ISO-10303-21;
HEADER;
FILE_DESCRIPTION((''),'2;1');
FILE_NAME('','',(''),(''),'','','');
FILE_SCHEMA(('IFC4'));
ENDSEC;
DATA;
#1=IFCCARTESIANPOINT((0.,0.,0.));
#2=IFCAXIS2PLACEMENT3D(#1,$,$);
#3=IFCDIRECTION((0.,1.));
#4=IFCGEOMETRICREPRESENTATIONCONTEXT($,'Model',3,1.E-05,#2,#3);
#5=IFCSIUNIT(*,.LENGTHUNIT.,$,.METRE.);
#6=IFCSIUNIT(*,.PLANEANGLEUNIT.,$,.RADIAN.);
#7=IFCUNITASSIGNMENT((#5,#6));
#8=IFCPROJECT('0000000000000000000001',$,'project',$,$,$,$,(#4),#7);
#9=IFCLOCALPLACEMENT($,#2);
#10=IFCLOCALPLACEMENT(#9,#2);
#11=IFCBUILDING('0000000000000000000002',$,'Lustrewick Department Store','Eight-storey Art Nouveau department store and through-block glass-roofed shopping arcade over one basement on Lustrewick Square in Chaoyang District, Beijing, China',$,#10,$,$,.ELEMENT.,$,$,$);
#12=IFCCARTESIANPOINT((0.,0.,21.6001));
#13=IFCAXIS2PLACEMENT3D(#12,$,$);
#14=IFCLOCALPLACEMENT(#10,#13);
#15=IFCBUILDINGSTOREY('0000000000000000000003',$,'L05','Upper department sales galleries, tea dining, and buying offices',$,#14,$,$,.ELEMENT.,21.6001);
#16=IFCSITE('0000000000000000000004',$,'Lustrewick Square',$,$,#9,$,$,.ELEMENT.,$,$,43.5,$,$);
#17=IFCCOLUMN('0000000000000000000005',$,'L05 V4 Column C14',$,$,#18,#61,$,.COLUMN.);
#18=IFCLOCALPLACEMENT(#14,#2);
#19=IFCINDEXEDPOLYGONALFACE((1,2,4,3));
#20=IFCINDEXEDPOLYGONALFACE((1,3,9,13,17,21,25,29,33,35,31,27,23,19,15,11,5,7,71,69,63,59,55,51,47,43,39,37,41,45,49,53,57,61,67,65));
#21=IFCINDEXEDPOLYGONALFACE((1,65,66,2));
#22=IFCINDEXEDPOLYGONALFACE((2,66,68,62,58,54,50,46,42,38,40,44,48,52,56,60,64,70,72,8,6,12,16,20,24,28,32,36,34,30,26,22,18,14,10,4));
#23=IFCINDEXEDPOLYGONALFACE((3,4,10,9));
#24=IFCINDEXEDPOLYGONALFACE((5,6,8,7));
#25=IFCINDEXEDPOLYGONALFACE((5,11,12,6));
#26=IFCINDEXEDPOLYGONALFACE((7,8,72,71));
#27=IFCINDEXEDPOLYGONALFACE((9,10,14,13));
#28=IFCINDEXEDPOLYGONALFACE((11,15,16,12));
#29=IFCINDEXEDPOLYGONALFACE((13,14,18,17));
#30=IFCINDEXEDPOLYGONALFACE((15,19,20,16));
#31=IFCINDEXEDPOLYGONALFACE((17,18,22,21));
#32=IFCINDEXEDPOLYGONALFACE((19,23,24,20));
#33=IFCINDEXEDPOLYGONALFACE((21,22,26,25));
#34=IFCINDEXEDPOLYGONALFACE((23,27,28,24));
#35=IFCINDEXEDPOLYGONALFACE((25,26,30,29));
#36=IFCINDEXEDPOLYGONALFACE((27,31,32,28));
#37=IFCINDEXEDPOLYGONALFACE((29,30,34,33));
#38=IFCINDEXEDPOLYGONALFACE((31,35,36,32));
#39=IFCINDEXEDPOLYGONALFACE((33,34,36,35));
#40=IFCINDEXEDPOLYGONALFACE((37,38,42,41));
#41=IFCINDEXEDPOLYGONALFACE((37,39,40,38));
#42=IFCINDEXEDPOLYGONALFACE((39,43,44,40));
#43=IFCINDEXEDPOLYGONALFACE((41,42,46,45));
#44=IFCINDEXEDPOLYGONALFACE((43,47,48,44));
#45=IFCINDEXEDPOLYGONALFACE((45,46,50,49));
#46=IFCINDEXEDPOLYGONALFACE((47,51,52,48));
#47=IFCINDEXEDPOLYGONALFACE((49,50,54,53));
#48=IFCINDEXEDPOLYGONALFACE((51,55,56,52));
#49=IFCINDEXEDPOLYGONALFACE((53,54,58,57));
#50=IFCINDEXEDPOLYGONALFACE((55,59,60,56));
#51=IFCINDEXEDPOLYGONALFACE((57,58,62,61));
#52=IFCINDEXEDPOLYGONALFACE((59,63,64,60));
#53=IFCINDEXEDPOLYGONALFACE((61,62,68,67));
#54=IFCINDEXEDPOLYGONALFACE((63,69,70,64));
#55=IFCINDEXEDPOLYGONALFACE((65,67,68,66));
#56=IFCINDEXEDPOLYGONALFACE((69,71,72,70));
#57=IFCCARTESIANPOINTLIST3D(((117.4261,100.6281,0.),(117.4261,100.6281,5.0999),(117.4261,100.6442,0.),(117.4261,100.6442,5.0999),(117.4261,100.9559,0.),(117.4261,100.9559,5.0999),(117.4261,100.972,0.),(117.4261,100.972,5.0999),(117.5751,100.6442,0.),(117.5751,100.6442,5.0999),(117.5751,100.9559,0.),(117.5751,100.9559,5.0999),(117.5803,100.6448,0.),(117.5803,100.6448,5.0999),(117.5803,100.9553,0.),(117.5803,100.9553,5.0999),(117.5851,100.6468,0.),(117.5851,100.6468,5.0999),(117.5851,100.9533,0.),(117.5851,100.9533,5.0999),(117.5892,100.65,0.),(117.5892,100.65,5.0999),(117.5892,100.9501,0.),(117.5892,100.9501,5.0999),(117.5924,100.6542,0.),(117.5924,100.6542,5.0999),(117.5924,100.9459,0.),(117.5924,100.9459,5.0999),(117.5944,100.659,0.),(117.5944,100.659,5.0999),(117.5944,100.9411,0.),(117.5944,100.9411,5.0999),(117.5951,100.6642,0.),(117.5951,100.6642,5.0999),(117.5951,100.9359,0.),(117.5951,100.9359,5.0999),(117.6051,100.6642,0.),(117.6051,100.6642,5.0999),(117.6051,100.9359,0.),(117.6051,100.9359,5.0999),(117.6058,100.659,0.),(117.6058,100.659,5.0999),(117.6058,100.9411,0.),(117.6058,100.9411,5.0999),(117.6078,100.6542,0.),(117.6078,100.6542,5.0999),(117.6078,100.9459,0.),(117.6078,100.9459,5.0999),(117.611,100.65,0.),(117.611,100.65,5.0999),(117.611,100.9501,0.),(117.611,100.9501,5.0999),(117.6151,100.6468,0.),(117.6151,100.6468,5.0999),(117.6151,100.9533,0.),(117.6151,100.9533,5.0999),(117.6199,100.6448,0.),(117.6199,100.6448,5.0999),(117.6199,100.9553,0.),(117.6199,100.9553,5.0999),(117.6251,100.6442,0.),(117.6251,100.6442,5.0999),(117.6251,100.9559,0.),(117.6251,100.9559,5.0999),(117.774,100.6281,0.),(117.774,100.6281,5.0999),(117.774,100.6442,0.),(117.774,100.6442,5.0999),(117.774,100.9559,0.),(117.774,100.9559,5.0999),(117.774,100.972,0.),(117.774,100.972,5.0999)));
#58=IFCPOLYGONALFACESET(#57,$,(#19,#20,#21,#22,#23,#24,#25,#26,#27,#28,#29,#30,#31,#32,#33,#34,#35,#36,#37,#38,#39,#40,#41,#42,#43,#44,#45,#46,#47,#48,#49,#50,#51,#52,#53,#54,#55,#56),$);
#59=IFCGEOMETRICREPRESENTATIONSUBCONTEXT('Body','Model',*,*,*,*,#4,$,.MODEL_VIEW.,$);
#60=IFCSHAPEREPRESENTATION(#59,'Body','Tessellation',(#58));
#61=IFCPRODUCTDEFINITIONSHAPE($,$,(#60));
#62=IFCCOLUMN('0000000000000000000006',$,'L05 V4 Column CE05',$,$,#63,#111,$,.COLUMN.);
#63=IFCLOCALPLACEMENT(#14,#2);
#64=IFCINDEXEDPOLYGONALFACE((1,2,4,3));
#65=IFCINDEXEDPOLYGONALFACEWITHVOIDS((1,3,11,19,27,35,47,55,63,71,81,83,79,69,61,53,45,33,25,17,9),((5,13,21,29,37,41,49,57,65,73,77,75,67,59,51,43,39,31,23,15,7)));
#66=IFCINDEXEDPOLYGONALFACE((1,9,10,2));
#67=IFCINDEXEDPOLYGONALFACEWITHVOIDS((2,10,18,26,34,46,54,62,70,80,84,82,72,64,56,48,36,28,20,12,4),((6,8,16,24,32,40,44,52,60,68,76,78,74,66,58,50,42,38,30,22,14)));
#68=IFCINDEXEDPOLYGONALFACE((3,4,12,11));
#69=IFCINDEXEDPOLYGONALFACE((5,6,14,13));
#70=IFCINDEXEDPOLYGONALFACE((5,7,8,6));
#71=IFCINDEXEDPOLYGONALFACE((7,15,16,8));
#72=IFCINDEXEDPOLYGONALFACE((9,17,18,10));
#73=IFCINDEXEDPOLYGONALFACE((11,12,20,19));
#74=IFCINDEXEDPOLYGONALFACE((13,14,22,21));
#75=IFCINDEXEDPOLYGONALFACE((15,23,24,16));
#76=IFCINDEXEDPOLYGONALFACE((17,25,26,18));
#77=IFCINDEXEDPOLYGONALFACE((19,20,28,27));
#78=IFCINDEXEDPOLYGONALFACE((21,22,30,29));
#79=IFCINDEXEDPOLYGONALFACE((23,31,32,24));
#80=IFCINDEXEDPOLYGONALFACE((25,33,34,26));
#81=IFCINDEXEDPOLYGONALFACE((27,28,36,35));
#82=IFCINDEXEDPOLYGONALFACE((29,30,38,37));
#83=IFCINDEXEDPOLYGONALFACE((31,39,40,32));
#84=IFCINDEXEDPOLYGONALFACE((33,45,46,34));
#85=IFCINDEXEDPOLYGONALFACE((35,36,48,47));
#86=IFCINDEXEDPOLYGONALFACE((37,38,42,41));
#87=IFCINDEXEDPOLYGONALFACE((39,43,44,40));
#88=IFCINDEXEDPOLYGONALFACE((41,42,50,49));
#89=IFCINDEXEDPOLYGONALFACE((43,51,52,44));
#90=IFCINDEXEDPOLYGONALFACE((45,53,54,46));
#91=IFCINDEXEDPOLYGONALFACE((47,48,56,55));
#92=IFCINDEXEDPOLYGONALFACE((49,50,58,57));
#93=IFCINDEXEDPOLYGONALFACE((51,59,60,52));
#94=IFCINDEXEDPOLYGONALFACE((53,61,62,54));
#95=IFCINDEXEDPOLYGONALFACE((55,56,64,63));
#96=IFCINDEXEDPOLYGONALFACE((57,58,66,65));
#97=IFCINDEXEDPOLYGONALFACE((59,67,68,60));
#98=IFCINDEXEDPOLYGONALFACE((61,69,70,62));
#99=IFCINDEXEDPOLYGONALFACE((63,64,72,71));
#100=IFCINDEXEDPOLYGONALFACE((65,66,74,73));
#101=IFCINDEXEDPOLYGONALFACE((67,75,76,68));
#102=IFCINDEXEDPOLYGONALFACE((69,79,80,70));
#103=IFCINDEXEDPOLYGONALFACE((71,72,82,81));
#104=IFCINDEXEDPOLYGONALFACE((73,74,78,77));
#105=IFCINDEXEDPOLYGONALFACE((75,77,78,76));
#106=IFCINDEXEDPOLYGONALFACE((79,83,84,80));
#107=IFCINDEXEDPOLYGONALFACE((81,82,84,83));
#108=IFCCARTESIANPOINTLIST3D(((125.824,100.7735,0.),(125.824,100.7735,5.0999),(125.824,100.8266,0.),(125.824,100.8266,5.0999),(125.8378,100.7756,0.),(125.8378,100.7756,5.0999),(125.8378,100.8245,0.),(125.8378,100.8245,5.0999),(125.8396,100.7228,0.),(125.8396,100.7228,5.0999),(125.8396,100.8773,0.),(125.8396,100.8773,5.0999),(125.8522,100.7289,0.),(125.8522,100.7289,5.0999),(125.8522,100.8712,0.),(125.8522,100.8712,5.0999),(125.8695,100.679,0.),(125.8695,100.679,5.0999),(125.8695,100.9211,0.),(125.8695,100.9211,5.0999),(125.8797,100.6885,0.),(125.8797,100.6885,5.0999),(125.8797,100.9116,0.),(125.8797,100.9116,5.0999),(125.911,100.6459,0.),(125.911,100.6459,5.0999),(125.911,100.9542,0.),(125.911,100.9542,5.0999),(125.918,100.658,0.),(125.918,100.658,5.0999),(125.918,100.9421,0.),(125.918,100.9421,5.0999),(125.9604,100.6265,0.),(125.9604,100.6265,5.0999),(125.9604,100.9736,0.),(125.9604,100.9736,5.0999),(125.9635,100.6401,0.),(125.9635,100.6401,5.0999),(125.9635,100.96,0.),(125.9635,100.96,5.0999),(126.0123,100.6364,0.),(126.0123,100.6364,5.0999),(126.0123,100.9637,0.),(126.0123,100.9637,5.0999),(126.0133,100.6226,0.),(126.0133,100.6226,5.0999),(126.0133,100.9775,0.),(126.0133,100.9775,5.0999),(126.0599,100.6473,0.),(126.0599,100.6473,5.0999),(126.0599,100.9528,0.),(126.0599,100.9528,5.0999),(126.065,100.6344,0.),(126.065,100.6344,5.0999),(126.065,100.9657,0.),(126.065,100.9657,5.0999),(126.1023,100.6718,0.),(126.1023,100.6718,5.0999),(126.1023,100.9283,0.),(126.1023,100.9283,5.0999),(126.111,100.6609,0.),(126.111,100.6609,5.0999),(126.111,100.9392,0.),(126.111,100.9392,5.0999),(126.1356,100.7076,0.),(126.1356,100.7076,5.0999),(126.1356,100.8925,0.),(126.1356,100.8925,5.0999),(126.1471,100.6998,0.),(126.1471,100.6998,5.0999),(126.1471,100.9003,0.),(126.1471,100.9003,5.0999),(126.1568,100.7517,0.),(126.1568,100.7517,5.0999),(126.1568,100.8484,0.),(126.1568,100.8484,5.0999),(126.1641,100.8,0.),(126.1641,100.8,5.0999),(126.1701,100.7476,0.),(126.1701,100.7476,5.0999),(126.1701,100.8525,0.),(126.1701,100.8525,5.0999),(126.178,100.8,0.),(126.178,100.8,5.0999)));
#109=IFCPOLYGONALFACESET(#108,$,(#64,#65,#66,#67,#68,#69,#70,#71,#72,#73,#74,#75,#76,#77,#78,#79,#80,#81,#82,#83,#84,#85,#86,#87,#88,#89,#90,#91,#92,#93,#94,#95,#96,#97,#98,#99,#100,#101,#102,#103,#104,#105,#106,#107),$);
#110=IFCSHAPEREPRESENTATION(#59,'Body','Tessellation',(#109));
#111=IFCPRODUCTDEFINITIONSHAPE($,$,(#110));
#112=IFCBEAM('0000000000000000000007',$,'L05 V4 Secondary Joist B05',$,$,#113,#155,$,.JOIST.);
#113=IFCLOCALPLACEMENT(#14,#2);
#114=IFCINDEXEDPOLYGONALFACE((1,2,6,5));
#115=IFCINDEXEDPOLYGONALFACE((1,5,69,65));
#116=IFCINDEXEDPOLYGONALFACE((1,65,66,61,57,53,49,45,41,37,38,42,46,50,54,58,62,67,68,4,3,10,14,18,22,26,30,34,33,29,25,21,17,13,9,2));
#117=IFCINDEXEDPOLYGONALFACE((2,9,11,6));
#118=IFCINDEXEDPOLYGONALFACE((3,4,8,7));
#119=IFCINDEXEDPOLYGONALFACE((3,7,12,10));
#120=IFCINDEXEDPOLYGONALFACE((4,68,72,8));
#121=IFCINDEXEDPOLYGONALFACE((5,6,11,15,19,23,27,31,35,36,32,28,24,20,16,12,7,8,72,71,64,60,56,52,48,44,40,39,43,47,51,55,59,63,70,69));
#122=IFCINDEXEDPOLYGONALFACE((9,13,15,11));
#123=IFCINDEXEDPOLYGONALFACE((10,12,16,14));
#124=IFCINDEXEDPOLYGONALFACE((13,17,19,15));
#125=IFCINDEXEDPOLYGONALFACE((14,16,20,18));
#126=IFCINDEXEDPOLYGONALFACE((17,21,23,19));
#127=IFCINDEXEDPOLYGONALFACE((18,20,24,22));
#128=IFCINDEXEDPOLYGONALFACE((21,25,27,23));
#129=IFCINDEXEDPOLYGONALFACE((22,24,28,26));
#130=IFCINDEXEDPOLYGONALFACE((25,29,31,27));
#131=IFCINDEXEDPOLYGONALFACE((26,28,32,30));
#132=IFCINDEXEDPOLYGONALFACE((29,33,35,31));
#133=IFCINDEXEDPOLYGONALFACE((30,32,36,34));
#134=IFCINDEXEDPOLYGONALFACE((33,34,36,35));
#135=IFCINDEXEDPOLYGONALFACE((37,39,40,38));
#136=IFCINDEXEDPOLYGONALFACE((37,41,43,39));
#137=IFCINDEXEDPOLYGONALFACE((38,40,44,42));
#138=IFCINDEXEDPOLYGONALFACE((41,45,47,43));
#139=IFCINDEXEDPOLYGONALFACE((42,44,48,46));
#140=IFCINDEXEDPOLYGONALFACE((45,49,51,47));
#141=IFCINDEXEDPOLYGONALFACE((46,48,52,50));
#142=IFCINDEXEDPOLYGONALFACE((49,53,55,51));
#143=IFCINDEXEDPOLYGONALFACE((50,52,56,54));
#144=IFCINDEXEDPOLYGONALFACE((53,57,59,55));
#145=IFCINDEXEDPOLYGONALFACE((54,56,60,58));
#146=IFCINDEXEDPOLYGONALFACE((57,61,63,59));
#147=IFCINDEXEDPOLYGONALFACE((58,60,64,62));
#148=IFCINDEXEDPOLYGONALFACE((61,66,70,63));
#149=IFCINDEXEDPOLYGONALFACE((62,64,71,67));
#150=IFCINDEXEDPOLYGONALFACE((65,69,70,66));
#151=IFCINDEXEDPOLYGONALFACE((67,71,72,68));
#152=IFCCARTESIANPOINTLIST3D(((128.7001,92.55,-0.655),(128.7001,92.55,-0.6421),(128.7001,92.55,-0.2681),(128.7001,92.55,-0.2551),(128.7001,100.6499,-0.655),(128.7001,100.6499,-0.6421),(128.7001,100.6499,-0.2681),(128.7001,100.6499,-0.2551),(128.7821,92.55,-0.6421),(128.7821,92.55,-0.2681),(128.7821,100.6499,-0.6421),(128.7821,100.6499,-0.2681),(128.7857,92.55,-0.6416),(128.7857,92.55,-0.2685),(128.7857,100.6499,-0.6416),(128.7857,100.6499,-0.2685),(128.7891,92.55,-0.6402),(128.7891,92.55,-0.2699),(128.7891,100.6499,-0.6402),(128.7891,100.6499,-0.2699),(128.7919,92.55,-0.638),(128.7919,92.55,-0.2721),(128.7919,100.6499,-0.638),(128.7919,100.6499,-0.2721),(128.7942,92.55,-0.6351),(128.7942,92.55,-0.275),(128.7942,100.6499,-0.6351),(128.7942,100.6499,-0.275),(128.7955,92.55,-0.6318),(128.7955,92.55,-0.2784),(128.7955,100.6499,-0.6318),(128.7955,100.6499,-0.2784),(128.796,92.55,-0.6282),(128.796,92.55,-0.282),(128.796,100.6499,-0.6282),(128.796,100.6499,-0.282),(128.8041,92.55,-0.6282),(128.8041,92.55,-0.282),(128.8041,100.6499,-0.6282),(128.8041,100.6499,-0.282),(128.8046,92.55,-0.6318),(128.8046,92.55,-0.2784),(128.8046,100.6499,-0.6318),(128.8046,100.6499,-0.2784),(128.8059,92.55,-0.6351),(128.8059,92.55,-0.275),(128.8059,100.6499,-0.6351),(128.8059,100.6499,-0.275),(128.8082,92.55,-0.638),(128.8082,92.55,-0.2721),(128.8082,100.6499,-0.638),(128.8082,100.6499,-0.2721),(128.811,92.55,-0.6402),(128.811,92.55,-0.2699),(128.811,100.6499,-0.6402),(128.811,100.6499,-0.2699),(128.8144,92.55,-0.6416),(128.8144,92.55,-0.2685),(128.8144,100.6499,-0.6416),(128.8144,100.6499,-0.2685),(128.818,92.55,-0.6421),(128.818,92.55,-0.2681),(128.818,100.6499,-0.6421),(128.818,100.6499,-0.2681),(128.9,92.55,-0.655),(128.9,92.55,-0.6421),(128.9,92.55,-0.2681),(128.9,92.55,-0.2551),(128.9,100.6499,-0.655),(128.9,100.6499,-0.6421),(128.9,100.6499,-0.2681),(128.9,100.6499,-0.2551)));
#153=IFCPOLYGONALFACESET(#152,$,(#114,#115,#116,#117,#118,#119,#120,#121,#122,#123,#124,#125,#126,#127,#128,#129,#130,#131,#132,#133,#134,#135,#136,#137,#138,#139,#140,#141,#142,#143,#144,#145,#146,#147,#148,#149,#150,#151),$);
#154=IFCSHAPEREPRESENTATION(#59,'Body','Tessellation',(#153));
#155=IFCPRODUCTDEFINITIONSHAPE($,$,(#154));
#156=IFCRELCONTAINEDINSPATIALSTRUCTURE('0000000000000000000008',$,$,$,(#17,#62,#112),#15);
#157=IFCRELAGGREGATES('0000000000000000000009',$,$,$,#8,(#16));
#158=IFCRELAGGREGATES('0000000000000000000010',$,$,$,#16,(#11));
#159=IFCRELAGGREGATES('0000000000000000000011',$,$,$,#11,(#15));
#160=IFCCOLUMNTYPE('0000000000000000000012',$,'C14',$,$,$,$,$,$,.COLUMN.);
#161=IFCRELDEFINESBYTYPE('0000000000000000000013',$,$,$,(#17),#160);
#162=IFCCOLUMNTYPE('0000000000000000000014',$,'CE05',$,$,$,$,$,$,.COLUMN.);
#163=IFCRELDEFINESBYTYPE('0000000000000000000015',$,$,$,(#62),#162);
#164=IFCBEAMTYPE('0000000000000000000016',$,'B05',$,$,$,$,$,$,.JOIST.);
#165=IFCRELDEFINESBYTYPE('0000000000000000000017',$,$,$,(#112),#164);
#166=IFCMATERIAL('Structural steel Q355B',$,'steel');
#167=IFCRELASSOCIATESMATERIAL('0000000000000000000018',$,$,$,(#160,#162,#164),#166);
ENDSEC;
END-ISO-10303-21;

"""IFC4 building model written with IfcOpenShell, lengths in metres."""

from ifc_helpers import new_model, si_unit, direction, frame, origin, origin_2d, place, context, subcontext, project, spatial, hollow_circle, i_section, extrude, material, material_profile, profile_set, type_object, element, save


model = new_model("IFC4")

# Units and contexts
model_context = context("Model", 3, precision=1e-05, world=origin(), true_north=direction((0.0, 1.0)))
body_context = subcontext(model_context, "Body", "Model", "MODEL_VIEW")
ifc_project = project(units=[si_unit("LENGTHUNIT", "METRE"), si_unit("PLANEANGLEUNIT", "RADIAN")], contexts=[model_context])

# Site, building, storey
site_placement = place(None, origin())
site = spatial("IfcSite", under=ifc_project, at=site_placement, Name="Lustrewick Square", CompositionType="ELEMENT", RefElevation=43.5)
building_placement = place(site_placement, origin())
building = spatial("IfcBuilding", under=site, at=building_placement, Name="Lustrewick Department Store", Description="Eight-storey Art Nouveau department store and through-block glass-roofed shopping arcade over one basement on Lustrewick Square in Chaoyang District, Beijing, China", CompositionType="ELEMENT")
storey_placement = place(building_placement, frame((0.0, 0.0, 21.6001)))
storey = spatial("IfcBuildingStorey", under=building, at=storey_placement, Name="L05", Description="Upper department sales galleries, tea dining, and buying offices", CompositionType="ELEMENT", Elevation=21.6001)

# Columns
ifc_material_1 = material(Name="Structural steel Q355B", Category="steel")
ifc_material_profile_1 = material_profile(ifc_material_1, i_section(OverallWidth=0.3479, OverallDepth=0.344, WebThickness=0.01, FlangeThickness=0.0161, FilletRadius=0.02, at=origin_2d()), Name="HW 344x348x10x16")
ifc_profile_set_1 = profile_set([ifc_material_profile_1], Name="Structural steel Q355B")
column_type_1 = type_object("IfcColumnType", Name="C14", PredefinedType="COLUMN", material=ifc_profile_set_1)
column_1_placement = place(storey_placement, frame((117.6001, 100.8, 0.0), z_axis=(0.0, 0.0, 1.0), x_axis=(1.0, 0.0, 0.0)))
element("IfcColumn", 1, at=column_1_placement, inside=storey, type_object=column_type_1, Name="L05 V4 Column C14", PredefinedType="COLUMN", context=body_context, shape_type="SweptSolid", body=[
    extrude(i_section(OverallWidth=0.3479, OverallDepth=0.344, WebThickness=0.01, FlangeThickness=0.0161, FilletRadius=0.02, at=origin_2d()), origin(), (0.0, 0.0, 1.0), 5.0999),
])
ifc_material_profile_2 = material_profile(ifc_material_1, hollow_circle(Radius=0.178, WallThickness=0.0139, at=origin_2d()), Name="CHS 356x14")
ifc_profile_set_2 = profile_set([ifc_material_profile_2], Name="Structural steel Q355B")
column_type_2 = type_object("IfcColumnType", Name="CE05", PredefinedType="COLUMN", material=ifc_profile_set_2)
column_2_placement = place(storey_placement, frame((126.0, 100.8, 0.0), z_axis=(0.0, 0.0, 1.0), x_axis=(1.0, 0.0, 0.0)))
element("IfcColumn", 2, at=column_2_placement, inside=storey, type_object=column_type_2, Name="L05 V4 Column CE05", PredefinedType="COLUMN", context=body_context, shape_type="SweptSolid", body=[
    extrude(hollow_circle(Radius=0.178, WallThickness=0.0139, at=origin_2d()), origin(), (0.0, 0.0, 1.0), 5.0999),
])

# Beam
ifc_material_profile_3 = material_profile(ifc_material_1, i_section(OverallWidth=0.2, OverallDepth=0.3999, WebThickness=0.0081, FlangeThickness=0.0129, FilletRadius=0.0139, at=origin_2d()), Name="HN 400x200x8x13")
ifc_profile_set_3 = profile_set([ifc_material_profile_3], Name="Structural steel Q355B")
beam_type_1 = type_object("IfcBeamType", Name="B05", PredefinedType="JOIST", material=ifc_profile_set_3)
beam_1_placement = place(storey_placement, frame((128.8, 92.55, -0.4551), z_axis=(0.0, 1.0, 0.0), x_axis=(-1.0, 0.0, 0.0)))
element("IfcBeam", 3, at=beam_1_placement, inside=storey, type_object=beam_type_1, Name="L05 V4 Secondary Joist B05", PredefinedType="JOIST", context=body_context, shape_type="SweptSolid", body=[
    extrude(i_section(OverallWidth=0.2, OverallDepth=0.3999, WebThickness=0.0081, FlangeThickness=0.0129, FilletRadius=0.0139, at=origin_2d()), origin(), (0.0, 0.0, 1.0), 8.0999),
])

save(model, "model.ifc")
